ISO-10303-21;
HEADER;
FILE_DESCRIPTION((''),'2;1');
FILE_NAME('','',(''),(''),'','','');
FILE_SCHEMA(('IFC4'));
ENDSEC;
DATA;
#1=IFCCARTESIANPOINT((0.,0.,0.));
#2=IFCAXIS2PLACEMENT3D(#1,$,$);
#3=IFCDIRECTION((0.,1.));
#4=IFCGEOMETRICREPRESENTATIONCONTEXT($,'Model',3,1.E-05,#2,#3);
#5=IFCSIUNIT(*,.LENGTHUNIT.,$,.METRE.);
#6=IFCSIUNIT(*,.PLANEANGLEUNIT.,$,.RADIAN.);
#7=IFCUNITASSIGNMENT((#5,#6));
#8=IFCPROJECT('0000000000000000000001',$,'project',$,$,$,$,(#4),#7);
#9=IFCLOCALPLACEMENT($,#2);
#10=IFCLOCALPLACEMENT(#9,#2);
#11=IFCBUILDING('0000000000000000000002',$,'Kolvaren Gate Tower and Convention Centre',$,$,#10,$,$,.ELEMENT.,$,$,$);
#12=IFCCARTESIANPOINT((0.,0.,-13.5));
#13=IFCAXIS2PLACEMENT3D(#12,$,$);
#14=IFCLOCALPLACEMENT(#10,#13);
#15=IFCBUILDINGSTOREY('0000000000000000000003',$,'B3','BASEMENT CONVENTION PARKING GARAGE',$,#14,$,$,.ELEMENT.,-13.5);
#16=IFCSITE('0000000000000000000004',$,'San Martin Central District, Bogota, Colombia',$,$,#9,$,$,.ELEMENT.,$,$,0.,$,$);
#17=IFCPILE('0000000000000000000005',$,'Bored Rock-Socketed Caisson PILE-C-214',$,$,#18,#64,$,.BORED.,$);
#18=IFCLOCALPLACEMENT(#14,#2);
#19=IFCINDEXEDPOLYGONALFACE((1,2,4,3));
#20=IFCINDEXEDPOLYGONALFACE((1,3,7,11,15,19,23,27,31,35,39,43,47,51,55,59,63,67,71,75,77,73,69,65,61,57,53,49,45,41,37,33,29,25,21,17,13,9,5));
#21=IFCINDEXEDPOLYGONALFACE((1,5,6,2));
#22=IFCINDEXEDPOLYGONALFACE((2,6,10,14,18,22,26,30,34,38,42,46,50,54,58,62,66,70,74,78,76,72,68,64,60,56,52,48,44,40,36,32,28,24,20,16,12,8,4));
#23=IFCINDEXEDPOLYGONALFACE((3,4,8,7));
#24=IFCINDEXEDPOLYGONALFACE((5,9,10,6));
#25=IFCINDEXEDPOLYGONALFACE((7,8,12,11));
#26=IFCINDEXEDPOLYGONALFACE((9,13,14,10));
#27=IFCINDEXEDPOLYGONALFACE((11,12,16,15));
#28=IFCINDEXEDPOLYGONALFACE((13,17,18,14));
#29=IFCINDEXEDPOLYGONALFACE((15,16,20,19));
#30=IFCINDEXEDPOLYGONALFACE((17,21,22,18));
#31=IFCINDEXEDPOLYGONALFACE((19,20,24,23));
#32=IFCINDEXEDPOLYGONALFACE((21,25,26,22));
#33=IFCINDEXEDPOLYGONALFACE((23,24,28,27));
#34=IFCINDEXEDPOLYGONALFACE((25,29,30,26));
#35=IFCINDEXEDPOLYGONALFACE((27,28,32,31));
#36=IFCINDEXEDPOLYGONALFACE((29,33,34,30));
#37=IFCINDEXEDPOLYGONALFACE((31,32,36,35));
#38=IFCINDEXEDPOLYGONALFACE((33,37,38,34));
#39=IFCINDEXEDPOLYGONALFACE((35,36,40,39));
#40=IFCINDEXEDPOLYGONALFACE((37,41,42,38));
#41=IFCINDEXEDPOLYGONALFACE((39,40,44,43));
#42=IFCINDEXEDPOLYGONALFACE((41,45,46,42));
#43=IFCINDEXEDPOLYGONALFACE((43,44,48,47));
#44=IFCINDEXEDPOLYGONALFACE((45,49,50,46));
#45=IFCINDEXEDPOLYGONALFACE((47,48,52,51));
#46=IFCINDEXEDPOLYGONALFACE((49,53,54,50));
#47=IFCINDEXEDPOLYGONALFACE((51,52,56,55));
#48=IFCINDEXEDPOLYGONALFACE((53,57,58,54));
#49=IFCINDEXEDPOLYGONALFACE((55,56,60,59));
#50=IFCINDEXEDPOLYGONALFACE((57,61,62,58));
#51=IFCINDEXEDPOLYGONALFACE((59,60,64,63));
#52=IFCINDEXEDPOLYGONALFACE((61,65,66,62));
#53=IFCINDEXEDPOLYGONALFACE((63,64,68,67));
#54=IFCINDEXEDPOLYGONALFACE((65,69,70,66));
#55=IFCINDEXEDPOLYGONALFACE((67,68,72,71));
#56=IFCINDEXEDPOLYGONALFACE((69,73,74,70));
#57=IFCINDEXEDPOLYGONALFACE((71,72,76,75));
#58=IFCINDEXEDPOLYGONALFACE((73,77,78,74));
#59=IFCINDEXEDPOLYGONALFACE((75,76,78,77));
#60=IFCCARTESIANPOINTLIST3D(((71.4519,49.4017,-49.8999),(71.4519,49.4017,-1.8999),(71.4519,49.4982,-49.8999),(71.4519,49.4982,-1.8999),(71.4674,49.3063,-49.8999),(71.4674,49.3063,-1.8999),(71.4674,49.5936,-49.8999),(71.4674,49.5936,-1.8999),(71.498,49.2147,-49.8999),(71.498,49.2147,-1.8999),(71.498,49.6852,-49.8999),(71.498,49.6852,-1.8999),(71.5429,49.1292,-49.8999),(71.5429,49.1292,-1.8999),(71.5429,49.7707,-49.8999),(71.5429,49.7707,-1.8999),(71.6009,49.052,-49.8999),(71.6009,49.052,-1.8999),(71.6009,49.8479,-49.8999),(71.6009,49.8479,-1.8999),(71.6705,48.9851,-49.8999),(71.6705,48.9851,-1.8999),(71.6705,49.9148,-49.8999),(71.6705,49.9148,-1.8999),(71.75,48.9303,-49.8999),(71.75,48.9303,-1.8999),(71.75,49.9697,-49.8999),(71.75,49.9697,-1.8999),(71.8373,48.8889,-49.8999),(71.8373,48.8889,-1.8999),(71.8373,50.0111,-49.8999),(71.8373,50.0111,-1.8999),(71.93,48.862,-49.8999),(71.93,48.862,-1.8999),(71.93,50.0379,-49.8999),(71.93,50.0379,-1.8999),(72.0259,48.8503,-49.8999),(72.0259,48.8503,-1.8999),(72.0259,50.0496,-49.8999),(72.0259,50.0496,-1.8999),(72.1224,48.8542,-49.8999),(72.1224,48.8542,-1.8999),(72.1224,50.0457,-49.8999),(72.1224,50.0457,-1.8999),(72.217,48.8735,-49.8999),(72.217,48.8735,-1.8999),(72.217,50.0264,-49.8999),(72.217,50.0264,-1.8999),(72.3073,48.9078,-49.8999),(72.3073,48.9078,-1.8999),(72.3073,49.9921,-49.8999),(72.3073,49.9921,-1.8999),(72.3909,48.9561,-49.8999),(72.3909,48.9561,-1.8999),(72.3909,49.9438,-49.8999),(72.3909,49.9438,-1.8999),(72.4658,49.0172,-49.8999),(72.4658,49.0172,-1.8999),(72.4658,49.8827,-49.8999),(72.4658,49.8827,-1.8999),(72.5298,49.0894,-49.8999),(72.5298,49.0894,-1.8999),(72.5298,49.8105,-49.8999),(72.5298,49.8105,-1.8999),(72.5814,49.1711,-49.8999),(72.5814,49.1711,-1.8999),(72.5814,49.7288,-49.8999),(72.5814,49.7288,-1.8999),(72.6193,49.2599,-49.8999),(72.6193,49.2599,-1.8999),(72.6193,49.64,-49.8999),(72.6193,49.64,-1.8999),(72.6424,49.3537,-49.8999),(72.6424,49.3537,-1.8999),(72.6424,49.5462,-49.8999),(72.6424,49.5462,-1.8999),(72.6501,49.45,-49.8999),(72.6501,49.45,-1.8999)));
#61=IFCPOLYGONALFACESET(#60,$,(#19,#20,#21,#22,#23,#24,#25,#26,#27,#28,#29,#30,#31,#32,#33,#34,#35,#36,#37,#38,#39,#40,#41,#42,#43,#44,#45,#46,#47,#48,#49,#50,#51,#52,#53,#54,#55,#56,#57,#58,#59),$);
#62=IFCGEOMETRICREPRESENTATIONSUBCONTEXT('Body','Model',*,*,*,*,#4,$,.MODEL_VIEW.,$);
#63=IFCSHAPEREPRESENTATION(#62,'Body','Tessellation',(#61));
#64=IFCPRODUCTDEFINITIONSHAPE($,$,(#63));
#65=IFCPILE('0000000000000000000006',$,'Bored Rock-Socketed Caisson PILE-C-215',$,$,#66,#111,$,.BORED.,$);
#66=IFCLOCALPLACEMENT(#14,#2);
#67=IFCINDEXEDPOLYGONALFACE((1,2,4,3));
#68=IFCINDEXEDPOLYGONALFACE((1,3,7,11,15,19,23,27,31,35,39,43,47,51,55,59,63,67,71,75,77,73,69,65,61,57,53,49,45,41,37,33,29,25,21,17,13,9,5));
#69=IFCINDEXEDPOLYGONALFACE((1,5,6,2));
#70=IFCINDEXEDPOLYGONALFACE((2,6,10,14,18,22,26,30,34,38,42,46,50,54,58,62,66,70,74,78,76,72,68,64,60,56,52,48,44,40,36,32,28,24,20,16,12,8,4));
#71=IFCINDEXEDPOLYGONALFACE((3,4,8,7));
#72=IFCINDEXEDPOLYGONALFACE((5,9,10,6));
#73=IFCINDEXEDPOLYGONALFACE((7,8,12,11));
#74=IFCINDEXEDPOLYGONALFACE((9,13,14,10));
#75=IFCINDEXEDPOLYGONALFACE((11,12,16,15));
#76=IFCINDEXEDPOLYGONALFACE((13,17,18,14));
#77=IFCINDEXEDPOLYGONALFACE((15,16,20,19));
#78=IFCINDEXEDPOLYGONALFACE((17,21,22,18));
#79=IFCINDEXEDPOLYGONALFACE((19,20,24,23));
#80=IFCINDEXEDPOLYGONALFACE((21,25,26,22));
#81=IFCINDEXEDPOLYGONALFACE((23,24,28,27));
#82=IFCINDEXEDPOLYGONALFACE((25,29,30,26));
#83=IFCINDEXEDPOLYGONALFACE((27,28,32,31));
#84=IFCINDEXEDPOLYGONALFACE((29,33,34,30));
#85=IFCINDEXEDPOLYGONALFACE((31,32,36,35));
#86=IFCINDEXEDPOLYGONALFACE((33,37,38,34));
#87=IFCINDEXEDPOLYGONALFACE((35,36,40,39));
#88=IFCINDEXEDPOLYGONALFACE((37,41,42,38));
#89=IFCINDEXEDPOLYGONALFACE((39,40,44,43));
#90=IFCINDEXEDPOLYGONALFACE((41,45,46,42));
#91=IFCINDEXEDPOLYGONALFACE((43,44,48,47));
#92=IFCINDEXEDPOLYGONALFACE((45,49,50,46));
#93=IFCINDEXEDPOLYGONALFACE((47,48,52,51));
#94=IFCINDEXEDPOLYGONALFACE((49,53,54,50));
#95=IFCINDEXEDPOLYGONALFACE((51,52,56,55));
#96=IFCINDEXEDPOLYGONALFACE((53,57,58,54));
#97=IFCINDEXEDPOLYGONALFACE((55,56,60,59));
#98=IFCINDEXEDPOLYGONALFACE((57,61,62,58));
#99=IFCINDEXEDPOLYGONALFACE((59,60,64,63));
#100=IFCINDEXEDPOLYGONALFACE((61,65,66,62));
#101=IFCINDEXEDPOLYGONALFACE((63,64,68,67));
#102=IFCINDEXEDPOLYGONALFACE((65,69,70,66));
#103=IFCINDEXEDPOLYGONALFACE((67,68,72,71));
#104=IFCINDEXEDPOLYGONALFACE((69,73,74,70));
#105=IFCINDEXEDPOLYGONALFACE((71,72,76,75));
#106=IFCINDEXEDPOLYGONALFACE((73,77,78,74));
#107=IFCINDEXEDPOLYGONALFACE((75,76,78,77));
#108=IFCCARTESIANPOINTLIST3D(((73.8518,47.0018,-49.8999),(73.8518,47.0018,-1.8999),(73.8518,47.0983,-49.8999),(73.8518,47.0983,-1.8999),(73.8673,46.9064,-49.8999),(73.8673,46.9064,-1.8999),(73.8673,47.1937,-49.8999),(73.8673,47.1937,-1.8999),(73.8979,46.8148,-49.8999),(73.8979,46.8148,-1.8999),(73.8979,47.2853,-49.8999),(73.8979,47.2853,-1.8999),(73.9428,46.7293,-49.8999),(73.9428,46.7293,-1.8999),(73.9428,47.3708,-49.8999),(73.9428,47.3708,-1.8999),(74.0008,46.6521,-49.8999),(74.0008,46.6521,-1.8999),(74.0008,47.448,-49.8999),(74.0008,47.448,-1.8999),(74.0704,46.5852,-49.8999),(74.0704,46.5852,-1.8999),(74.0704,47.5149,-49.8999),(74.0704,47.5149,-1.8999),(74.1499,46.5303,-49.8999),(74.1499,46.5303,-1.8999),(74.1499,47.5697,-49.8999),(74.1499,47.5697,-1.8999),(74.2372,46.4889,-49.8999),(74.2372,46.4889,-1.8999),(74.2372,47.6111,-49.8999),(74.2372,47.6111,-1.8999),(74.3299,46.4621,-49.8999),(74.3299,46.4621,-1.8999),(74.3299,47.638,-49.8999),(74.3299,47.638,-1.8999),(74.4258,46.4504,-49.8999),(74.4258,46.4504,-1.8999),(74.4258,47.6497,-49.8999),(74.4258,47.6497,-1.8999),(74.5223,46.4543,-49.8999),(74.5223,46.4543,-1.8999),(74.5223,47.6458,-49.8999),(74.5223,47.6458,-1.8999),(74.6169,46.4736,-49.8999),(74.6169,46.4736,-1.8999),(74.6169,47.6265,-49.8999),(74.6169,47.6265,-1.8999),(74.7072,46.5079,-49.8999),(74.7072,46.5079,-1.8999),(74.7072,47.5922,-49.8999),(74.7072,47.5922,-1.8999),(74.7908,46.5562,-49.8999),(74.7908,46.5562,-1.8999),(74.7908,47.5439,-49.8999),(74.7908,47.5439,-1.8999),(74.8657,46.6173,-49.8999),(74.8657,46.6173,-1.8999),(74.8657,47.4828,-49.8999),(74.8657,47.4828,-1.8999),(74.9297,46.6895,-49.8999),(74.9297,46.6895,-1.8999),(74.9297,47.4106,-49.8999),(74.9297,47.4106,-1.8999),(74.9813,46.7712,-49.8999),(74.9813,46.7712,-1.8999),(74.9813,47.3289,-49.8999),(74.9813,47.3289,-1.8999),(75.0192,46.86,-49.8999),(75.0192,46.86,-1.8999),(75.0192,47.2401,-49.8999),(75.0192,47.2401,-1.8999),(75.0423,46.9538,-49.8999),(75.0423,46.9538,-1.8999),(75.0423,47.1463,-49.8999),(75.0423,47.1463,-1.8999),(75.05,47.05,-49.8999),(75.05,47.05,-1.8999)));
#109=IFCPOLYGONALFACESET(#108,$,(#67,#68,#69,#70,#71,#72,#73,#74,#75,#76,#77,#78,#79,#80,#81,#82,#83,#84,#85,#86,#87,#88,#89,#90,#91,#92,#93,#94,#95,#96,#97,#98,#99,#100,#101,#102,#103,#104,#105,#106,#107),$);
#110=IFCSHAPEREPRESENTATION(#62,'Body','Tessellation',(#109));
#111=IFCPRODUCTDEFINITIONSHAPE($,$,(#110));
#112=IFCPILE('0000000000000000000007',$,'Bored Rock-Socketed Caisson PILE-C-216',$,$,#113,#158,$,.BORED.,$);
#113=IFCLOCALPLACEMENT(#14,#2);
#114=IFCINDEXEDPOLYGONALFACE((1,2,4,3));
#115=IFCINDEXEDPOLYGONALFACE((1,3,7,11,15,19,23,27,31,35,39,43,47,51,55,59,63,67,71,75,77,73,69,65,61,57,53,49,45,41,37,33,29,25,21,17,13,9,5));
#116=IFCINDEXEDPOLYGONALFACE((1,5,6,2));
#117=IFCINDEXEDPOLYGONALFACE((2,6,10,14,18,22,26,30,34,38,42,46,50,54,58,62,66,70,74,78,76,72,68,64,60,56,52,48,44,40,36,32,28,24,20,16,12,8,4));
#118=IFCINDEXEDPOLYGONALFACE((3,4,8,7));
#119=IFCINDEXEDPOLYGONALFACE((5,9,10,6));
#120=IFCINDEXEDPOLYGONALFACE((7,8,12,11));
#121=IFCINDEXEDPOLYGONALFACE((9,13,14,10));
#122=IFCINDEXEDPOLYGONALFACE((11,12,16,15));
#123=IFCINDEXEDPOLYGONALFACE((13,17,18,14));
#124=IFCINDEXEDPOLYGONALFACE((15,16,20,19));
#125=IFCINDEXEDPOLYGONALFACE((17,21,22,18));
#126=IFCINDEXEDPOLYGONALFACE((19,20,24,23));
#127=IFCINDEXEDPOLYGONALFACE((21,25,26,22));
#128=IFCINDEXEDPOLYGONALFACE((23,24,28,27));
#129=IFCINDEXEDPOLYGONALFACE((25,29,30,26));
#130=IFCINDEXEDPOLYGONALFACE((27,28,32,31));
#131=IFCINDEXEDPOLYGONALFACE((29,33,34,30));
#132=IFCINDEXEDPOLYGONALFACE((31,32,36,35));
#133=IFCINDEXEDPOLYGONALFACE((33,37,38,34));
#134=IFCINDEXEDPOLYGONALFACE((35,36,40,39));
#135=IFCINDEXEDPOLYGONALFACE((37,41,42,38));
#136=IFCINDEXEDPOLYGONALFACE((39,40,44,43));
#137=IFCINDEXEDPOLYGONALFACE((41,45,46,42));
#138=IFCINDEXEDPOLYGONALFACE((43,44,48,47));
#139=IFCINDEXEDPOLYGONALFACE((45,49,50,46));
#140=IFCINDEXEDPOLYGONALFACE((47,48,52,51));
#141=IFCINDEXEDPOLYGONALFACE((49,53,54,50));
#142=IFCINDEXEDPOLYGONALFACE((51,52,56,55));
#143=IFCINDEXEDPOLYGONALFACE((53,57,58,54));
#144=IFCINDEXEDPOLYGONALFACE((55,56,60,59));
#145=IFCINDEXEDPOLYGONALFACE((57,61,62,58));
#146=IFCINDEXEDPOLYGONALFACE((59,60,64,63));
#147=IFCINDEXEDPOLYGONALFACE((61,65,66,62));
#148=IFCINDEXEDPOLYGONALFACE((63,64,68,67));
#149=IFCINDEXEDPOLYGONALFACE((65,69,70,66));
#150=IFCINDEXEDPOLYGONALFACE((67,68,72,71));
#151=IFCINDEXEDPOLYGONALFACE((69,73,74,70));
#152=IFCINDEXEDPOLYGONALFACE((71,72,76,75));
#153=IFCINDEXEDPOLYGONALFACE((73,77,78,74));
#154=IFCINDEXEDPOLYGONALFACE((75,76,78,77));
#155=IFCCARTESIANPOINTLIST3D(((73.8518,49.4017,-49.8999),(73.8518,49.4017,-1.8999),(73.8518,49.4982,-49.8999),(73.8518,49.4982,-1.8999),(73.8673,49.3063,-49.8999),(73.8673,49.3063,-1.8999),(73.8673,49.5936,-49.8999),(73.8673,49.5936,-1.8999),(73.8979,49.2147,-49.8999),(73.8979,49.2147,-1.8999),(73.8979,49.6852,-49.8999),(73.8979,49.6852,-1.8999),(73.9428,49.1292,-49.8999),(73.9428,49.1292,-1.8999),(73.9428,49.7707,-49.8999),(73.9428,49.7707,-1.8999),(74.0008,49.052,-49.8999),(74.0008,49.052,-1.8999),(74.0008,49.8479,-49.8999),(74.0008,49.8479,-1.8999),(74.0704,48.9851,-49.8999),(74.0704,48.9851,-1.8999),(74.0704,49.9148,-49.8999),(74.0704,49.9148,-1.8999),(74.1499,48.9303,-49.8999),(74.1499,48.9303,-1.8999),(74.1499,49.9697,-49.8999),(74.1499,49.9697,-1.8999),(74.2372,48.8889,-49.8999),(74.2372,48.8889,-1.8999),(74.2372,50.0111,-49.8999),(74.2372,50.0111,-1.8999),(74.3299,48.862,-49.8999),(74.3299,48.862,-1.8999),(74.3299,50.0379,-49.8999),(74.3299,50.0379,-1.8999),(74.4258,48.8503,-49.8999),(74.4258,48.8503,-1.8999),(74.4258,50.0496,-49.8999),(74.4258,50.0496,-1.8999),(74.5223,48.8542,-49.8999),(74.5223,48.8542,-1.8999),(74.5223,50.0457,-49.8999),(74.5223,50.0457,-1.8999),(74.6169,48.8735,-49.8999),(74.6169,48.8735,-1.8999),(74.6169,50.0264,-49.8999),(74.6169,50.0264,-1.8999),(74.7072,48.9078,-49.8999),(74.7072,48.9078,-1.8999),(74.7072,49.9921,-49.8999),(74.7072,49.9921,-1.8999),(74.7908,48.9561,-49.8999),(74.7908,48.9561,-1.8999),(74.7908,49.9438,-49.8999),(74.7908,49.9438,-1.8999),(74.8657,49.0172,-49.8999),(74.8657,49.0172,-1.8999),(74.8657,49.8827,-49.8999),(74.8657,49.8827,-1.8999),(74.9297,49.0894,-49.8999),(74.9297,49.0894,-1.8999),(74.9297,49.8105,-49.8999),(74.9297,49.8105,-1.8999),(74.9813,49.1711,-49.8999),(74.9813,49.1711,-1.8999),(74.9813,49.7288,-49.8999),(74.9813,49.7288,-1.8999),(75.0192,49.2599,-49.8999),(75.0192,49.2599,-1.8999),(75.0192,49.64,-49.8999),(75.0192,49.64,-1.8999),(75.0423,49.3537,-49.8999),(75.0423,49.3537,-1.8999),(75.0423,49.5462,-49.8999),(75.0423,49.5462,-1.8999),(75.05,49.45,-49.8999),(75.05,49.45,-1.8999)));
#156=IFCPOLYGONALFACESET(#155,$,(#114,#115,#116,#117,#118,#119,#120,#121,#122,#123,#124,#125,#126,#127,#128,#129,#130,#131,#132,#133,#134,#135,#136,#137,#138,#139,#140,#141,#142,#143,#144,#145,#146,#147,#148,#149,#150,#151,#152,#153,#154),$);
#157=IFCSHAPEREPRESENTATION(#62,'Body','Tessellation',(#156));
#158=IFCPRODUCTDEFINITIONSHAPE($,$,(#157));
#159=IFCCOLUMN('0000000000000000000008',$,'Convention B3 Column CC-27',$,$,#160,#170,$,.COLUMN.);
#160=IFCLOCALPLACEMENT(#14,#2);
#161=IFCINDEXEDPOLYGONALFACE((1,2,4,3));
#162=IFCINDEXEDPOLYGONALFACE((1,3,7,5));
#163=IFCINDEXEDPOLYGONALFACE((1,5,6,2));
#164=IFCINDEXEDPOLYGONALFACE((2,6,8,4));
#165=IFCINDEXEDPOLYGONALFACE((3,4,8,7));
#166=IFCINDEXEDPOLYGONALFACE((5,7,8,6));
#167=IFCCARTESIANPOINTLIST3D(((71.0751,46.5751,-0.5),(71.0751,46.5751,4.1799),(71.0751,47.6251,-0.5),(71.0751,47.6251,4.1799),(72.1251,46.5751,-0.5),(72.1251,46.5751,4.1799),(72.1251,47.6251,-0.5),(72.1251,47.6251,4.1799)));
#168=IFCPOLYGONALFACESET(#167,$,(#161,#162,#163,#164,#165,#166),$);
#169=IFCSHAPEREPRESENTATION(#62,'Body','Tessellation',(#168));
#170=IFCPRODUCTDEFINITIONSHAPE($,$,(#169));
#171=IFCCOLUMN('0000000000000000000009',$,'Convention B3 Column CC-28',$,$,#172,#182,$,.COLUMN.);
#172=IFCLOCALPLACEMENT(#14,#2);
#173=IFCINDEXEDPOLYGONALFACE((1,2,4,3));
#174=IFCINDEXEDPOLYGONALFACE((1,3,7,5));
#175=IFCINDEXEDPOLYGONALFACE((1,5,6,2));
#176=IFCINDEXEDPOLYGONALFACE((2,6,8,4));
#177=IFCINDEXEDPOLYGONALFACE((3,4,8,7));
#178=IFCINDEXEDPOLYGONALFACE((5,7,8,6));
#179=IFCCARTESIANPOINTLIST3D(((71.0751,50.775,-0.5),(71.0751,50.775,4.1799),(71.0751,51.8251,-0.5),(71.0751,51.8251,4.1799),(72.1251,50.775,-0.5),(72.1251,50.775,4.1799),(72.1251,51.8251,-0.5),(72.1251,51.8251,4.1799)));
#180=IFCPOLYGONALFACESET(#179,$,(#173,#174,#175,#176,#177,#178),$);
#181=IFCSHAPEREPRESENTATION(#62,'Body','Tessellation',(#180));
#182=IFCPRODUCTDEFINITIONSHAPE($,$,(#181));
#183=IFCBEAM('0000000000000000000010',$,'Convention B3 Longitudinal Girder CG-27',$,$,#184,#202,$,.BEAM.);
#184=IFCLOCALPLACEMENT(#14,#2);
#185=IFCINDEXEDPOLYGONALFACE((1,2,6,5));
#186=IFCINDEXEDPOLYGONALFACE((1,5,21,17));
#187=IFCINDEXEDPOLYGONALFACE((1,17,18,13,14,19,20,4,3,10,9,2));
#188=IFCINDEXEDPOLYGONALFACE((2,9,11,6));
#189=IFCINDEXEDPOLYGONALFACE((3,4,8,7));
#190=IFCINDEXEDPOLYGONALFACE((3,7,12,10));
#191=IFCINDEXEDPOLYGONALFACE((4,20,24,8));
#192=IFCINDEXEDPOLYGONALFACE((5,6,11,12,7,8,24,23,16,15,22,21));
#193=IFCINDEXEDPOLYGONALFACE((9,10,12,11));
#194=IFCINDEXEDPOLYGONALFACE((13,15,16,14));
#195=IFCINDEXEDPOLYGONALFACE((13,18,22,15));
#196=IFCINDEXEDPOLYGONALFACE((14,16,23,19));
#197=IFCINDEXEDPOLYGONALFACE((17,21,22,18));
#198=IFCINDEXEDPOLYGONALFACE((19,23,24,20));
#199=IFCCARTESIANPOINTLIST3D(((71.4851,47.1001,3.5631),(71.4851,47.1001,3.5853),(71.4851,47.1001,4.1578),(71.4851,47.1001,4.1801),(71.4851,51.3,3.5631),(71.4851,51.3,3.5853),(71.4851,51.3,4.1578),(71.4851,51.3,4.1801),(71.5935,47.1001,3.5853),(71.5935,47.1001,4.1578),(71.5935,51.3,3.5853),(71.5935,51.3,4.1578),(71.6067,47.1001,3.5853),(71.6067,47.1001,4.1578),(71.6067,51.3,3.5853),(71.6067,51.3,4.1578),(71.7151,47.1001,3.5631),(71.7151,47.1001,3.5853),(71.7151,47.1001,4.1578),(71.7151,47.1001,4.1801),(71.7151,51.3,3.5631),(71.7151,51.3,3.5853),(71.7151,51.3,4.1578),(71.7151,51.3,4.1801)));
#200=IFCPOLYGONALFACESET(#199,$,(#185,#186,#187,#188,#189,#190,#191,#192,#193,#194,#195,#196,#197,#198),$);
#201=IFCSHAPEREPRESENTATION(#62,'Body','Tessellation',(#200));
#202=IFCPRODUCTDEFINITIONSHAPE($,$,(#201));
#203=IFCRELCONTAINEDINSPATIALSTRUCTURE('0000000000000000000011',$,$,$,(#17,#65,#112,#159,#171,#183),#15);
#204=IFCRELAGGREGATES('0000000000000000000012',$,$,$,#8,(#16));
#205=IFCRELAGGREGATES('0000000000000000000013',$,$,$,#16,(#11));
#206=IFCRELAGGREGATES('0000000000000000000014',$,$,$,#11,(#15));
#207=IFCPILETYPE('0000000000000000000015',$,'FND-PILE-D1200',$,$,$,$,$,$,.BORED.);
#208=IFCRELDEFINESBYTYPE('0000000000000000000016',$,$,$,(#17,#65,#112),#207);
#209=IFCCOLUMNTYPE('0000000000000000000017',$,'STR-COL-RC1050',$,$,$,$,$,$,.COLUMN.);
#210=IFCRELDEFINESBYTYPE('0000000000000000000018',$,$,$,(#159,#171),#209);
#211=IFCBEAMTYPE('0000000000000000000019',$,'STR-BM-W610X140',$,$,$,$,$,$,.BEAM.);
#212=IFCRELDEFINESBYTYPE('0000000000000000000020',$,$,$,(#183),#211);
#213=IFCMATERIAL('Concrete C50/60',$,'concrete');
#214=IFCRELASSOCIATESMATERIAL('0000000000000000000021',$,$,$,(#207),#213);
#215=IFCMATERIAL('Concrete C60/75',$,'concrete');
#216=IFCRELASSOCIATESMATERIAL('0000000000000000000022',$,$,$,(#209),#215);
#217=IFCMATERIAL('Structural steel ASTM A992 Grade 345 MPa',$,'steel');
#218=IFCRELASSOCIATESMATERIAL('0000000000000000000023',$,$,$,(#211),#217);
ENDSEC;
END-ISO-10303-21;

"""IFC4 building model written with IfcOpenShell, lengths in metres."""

from ifc_helpers import new_model, si_unit, direction, frame, origin, origin_2d, place, context, subcontext, project, spatial, rectangle, circle, i_section, extrude, material, material_profile, profile_set, type_object, element, save


model = new_model("IFC4")

# Units and contexts
model_context = context("Model", 3, precision=1e-05, world=origin(), true_north=direction((0.0, 1.0)))
body_context = subcontext(model_context, "Body", "Model", "MODEL_VIEW")
ifc_project = project(units=[si_unit("LENGTHUNIT", "METRE"), si_unit("PLANEANGLEUNIT", "RADIAN")], contexts=[model_context])

# Site, building, storey
site_placement = place(None, origin())
site = spatial("IfcSite", under=ifc_project, at=site_placement, Name="San Martin Central District, Bogota, Colombia", CompositionType="ELEMENT", RefElevation=0.0)
building_placement = place(site_placement, origin())
building = spatial("IfcBuilding", under=site, at=building_placement, Name="Kolvaren Gate Tower and Convention Centre", CompositionType="ELEMENT")
storey_placement = place(building_placement, frame((0.0, 0.0, -13.5)))
storey = spatial("IfcBuildingStorey", under=building, at=storey_placement, Name="B3", Description="BASEMENT CONVENTION PARKING GARAGE", CompositionType="ELEMENT", Elevation=-13.5)

# Shared definitions
ifc_material_1 = material(Name="Concrete C50/60", Category="concrete")
ifc_material_2 = material(Name="Concrete C60/75", Category="concrete")

# Piles
ifc_material_profile_1 = material_profile(ifc_material_1, circle(Radius=0.6001, at=origin_2d()), Name="CAISSON-D1200")
ifc_profile_set_1 = profile_set([ifc_material_profile_1], Name="Concrete C50/60")
pile_type = type_object("IfcPileType", Name="FND-PILE-D1200", PredefinedType="BORED", material=ifc_profile_set_1)
for number, where, z_axis, x_axis, name in (
    (1, (72.05, 49.45, -1.8999), (0.0, 0.0, -1.0), (1.0, 0.0, 0.0), "Bored Rock-Socketed Caisson PILE-C-214"),
    (2, (74.45, 47.05, -1.8999), (0.0, 0.0, -1.0), (1.0, 0.0, 0.0), "Bored Rock-Socketed Caisson PILE-C-215"),
    (3, (74.45, 49.45, -1.8999), (0.0, 0.0, -1.0), (1.0, 0.0, 0.0), "Bored Rock-Socketed Caisson PILE-C-216"),
):
    element("IfcPile", number, at=place(storey_placement, frame(where, z_axis=z_axis, x_axis=x_axis)), inside=storey, type_object=pile_type, Name=name, PredefinedType="BORED", context=body_context, shape_type="SweptSolid", body=[
        extrude(circle(Radius=0.6001, at=origin_2d()), origin(), (0.0, 0.0, 1.0), 48.0),
    ])

# Columns
ifc_material_profile_2 = material_profile(ifc_material_2, rectangle(XDim=1.05, YDim=1.05, at=origin_2d()), Name="RC-COL-1050X1050")
ifc_profile_set_2 = profile_set([ifc_material_profile_2], Name="Concrete C60/75")
column_type = type_object("IfcColumnType", Name="STR-COL-RC1050", PredefinedType="COLUMN", material=ifc_profile_set_2)
for number, where, z_axis, x_axis, name in (
    (4, (71.6001, 47.1001, -0.5), (0.0, 0.0, 1.0), (1.0, 0.0, 0.0), "Convention B3 Column CC-27"),
    (5, (71.6001, 51.3, -0.5), (0.0, 0.0, 1.0), (1.0, 0.0, 0.0), "Convention B3 Column CC-28"),
):
    element("IfcColumn", number, at=place(storey_placement, frame(where, z_axis=z_axis, x_axis=x_axis)), inside=storey, type_object=column_type, Name=name, PredefinedType="COLUMN", context=body_context, shape_type="SweptSolid", body=[
        extrude(rectangle(XDim=1.05, YDim=1.05, at=origin_2d()), origin(), (0.0, 0.0, 1.0), 4.6799),
    ])

# Beam
ifc_material_3 = material(Name="Structural steel ASTM A992 Grade 345 MPa", Category="steel")
ifc_material_profile_3 = material_profile(ifc_material_3, i_section(OverallWidth=0.23, OverallDepth=0.6169, WebThickness=0.0132, FlangeThickness=0.0222, at=origin_2d()), Name="W610X140")
ifc_profile_set_3 = profile_set([ifc_material_profile_3], Name="Structural steel ASTM A992 Grade 345 MPa")
beam_type_1 = type_object("IfcBeamType", Name="STR-BM-W610X140", PredefinedType="BEAM", material=ifc_profile_set_3)
beam_1_placement = place(storey_placement, frame((71.6001, 47.1001, 3.8716), z_axis=(0.0, 1.0, 0.0), x_axis=(-1.0, 0.0, 0.0)))
element("IfcBeam", 6, at=beam_1_placement, inside=storey, type_object=beam_type_1, Name="Convention B3 Longitudinal Girder CG-27", PredefinedType="BEAM", context=body_context, shape_type="SweptSolid", body=[
    extrude(i_section(OverallWidth=0.23, OverallDepth=0.6169, WebThickness=0.0132, FlangeThickness=0.0222, at=origin_2d()), origin(), (0.0, 0.0, 1.0), 4.2),
])

save(model, "model.ifc")
